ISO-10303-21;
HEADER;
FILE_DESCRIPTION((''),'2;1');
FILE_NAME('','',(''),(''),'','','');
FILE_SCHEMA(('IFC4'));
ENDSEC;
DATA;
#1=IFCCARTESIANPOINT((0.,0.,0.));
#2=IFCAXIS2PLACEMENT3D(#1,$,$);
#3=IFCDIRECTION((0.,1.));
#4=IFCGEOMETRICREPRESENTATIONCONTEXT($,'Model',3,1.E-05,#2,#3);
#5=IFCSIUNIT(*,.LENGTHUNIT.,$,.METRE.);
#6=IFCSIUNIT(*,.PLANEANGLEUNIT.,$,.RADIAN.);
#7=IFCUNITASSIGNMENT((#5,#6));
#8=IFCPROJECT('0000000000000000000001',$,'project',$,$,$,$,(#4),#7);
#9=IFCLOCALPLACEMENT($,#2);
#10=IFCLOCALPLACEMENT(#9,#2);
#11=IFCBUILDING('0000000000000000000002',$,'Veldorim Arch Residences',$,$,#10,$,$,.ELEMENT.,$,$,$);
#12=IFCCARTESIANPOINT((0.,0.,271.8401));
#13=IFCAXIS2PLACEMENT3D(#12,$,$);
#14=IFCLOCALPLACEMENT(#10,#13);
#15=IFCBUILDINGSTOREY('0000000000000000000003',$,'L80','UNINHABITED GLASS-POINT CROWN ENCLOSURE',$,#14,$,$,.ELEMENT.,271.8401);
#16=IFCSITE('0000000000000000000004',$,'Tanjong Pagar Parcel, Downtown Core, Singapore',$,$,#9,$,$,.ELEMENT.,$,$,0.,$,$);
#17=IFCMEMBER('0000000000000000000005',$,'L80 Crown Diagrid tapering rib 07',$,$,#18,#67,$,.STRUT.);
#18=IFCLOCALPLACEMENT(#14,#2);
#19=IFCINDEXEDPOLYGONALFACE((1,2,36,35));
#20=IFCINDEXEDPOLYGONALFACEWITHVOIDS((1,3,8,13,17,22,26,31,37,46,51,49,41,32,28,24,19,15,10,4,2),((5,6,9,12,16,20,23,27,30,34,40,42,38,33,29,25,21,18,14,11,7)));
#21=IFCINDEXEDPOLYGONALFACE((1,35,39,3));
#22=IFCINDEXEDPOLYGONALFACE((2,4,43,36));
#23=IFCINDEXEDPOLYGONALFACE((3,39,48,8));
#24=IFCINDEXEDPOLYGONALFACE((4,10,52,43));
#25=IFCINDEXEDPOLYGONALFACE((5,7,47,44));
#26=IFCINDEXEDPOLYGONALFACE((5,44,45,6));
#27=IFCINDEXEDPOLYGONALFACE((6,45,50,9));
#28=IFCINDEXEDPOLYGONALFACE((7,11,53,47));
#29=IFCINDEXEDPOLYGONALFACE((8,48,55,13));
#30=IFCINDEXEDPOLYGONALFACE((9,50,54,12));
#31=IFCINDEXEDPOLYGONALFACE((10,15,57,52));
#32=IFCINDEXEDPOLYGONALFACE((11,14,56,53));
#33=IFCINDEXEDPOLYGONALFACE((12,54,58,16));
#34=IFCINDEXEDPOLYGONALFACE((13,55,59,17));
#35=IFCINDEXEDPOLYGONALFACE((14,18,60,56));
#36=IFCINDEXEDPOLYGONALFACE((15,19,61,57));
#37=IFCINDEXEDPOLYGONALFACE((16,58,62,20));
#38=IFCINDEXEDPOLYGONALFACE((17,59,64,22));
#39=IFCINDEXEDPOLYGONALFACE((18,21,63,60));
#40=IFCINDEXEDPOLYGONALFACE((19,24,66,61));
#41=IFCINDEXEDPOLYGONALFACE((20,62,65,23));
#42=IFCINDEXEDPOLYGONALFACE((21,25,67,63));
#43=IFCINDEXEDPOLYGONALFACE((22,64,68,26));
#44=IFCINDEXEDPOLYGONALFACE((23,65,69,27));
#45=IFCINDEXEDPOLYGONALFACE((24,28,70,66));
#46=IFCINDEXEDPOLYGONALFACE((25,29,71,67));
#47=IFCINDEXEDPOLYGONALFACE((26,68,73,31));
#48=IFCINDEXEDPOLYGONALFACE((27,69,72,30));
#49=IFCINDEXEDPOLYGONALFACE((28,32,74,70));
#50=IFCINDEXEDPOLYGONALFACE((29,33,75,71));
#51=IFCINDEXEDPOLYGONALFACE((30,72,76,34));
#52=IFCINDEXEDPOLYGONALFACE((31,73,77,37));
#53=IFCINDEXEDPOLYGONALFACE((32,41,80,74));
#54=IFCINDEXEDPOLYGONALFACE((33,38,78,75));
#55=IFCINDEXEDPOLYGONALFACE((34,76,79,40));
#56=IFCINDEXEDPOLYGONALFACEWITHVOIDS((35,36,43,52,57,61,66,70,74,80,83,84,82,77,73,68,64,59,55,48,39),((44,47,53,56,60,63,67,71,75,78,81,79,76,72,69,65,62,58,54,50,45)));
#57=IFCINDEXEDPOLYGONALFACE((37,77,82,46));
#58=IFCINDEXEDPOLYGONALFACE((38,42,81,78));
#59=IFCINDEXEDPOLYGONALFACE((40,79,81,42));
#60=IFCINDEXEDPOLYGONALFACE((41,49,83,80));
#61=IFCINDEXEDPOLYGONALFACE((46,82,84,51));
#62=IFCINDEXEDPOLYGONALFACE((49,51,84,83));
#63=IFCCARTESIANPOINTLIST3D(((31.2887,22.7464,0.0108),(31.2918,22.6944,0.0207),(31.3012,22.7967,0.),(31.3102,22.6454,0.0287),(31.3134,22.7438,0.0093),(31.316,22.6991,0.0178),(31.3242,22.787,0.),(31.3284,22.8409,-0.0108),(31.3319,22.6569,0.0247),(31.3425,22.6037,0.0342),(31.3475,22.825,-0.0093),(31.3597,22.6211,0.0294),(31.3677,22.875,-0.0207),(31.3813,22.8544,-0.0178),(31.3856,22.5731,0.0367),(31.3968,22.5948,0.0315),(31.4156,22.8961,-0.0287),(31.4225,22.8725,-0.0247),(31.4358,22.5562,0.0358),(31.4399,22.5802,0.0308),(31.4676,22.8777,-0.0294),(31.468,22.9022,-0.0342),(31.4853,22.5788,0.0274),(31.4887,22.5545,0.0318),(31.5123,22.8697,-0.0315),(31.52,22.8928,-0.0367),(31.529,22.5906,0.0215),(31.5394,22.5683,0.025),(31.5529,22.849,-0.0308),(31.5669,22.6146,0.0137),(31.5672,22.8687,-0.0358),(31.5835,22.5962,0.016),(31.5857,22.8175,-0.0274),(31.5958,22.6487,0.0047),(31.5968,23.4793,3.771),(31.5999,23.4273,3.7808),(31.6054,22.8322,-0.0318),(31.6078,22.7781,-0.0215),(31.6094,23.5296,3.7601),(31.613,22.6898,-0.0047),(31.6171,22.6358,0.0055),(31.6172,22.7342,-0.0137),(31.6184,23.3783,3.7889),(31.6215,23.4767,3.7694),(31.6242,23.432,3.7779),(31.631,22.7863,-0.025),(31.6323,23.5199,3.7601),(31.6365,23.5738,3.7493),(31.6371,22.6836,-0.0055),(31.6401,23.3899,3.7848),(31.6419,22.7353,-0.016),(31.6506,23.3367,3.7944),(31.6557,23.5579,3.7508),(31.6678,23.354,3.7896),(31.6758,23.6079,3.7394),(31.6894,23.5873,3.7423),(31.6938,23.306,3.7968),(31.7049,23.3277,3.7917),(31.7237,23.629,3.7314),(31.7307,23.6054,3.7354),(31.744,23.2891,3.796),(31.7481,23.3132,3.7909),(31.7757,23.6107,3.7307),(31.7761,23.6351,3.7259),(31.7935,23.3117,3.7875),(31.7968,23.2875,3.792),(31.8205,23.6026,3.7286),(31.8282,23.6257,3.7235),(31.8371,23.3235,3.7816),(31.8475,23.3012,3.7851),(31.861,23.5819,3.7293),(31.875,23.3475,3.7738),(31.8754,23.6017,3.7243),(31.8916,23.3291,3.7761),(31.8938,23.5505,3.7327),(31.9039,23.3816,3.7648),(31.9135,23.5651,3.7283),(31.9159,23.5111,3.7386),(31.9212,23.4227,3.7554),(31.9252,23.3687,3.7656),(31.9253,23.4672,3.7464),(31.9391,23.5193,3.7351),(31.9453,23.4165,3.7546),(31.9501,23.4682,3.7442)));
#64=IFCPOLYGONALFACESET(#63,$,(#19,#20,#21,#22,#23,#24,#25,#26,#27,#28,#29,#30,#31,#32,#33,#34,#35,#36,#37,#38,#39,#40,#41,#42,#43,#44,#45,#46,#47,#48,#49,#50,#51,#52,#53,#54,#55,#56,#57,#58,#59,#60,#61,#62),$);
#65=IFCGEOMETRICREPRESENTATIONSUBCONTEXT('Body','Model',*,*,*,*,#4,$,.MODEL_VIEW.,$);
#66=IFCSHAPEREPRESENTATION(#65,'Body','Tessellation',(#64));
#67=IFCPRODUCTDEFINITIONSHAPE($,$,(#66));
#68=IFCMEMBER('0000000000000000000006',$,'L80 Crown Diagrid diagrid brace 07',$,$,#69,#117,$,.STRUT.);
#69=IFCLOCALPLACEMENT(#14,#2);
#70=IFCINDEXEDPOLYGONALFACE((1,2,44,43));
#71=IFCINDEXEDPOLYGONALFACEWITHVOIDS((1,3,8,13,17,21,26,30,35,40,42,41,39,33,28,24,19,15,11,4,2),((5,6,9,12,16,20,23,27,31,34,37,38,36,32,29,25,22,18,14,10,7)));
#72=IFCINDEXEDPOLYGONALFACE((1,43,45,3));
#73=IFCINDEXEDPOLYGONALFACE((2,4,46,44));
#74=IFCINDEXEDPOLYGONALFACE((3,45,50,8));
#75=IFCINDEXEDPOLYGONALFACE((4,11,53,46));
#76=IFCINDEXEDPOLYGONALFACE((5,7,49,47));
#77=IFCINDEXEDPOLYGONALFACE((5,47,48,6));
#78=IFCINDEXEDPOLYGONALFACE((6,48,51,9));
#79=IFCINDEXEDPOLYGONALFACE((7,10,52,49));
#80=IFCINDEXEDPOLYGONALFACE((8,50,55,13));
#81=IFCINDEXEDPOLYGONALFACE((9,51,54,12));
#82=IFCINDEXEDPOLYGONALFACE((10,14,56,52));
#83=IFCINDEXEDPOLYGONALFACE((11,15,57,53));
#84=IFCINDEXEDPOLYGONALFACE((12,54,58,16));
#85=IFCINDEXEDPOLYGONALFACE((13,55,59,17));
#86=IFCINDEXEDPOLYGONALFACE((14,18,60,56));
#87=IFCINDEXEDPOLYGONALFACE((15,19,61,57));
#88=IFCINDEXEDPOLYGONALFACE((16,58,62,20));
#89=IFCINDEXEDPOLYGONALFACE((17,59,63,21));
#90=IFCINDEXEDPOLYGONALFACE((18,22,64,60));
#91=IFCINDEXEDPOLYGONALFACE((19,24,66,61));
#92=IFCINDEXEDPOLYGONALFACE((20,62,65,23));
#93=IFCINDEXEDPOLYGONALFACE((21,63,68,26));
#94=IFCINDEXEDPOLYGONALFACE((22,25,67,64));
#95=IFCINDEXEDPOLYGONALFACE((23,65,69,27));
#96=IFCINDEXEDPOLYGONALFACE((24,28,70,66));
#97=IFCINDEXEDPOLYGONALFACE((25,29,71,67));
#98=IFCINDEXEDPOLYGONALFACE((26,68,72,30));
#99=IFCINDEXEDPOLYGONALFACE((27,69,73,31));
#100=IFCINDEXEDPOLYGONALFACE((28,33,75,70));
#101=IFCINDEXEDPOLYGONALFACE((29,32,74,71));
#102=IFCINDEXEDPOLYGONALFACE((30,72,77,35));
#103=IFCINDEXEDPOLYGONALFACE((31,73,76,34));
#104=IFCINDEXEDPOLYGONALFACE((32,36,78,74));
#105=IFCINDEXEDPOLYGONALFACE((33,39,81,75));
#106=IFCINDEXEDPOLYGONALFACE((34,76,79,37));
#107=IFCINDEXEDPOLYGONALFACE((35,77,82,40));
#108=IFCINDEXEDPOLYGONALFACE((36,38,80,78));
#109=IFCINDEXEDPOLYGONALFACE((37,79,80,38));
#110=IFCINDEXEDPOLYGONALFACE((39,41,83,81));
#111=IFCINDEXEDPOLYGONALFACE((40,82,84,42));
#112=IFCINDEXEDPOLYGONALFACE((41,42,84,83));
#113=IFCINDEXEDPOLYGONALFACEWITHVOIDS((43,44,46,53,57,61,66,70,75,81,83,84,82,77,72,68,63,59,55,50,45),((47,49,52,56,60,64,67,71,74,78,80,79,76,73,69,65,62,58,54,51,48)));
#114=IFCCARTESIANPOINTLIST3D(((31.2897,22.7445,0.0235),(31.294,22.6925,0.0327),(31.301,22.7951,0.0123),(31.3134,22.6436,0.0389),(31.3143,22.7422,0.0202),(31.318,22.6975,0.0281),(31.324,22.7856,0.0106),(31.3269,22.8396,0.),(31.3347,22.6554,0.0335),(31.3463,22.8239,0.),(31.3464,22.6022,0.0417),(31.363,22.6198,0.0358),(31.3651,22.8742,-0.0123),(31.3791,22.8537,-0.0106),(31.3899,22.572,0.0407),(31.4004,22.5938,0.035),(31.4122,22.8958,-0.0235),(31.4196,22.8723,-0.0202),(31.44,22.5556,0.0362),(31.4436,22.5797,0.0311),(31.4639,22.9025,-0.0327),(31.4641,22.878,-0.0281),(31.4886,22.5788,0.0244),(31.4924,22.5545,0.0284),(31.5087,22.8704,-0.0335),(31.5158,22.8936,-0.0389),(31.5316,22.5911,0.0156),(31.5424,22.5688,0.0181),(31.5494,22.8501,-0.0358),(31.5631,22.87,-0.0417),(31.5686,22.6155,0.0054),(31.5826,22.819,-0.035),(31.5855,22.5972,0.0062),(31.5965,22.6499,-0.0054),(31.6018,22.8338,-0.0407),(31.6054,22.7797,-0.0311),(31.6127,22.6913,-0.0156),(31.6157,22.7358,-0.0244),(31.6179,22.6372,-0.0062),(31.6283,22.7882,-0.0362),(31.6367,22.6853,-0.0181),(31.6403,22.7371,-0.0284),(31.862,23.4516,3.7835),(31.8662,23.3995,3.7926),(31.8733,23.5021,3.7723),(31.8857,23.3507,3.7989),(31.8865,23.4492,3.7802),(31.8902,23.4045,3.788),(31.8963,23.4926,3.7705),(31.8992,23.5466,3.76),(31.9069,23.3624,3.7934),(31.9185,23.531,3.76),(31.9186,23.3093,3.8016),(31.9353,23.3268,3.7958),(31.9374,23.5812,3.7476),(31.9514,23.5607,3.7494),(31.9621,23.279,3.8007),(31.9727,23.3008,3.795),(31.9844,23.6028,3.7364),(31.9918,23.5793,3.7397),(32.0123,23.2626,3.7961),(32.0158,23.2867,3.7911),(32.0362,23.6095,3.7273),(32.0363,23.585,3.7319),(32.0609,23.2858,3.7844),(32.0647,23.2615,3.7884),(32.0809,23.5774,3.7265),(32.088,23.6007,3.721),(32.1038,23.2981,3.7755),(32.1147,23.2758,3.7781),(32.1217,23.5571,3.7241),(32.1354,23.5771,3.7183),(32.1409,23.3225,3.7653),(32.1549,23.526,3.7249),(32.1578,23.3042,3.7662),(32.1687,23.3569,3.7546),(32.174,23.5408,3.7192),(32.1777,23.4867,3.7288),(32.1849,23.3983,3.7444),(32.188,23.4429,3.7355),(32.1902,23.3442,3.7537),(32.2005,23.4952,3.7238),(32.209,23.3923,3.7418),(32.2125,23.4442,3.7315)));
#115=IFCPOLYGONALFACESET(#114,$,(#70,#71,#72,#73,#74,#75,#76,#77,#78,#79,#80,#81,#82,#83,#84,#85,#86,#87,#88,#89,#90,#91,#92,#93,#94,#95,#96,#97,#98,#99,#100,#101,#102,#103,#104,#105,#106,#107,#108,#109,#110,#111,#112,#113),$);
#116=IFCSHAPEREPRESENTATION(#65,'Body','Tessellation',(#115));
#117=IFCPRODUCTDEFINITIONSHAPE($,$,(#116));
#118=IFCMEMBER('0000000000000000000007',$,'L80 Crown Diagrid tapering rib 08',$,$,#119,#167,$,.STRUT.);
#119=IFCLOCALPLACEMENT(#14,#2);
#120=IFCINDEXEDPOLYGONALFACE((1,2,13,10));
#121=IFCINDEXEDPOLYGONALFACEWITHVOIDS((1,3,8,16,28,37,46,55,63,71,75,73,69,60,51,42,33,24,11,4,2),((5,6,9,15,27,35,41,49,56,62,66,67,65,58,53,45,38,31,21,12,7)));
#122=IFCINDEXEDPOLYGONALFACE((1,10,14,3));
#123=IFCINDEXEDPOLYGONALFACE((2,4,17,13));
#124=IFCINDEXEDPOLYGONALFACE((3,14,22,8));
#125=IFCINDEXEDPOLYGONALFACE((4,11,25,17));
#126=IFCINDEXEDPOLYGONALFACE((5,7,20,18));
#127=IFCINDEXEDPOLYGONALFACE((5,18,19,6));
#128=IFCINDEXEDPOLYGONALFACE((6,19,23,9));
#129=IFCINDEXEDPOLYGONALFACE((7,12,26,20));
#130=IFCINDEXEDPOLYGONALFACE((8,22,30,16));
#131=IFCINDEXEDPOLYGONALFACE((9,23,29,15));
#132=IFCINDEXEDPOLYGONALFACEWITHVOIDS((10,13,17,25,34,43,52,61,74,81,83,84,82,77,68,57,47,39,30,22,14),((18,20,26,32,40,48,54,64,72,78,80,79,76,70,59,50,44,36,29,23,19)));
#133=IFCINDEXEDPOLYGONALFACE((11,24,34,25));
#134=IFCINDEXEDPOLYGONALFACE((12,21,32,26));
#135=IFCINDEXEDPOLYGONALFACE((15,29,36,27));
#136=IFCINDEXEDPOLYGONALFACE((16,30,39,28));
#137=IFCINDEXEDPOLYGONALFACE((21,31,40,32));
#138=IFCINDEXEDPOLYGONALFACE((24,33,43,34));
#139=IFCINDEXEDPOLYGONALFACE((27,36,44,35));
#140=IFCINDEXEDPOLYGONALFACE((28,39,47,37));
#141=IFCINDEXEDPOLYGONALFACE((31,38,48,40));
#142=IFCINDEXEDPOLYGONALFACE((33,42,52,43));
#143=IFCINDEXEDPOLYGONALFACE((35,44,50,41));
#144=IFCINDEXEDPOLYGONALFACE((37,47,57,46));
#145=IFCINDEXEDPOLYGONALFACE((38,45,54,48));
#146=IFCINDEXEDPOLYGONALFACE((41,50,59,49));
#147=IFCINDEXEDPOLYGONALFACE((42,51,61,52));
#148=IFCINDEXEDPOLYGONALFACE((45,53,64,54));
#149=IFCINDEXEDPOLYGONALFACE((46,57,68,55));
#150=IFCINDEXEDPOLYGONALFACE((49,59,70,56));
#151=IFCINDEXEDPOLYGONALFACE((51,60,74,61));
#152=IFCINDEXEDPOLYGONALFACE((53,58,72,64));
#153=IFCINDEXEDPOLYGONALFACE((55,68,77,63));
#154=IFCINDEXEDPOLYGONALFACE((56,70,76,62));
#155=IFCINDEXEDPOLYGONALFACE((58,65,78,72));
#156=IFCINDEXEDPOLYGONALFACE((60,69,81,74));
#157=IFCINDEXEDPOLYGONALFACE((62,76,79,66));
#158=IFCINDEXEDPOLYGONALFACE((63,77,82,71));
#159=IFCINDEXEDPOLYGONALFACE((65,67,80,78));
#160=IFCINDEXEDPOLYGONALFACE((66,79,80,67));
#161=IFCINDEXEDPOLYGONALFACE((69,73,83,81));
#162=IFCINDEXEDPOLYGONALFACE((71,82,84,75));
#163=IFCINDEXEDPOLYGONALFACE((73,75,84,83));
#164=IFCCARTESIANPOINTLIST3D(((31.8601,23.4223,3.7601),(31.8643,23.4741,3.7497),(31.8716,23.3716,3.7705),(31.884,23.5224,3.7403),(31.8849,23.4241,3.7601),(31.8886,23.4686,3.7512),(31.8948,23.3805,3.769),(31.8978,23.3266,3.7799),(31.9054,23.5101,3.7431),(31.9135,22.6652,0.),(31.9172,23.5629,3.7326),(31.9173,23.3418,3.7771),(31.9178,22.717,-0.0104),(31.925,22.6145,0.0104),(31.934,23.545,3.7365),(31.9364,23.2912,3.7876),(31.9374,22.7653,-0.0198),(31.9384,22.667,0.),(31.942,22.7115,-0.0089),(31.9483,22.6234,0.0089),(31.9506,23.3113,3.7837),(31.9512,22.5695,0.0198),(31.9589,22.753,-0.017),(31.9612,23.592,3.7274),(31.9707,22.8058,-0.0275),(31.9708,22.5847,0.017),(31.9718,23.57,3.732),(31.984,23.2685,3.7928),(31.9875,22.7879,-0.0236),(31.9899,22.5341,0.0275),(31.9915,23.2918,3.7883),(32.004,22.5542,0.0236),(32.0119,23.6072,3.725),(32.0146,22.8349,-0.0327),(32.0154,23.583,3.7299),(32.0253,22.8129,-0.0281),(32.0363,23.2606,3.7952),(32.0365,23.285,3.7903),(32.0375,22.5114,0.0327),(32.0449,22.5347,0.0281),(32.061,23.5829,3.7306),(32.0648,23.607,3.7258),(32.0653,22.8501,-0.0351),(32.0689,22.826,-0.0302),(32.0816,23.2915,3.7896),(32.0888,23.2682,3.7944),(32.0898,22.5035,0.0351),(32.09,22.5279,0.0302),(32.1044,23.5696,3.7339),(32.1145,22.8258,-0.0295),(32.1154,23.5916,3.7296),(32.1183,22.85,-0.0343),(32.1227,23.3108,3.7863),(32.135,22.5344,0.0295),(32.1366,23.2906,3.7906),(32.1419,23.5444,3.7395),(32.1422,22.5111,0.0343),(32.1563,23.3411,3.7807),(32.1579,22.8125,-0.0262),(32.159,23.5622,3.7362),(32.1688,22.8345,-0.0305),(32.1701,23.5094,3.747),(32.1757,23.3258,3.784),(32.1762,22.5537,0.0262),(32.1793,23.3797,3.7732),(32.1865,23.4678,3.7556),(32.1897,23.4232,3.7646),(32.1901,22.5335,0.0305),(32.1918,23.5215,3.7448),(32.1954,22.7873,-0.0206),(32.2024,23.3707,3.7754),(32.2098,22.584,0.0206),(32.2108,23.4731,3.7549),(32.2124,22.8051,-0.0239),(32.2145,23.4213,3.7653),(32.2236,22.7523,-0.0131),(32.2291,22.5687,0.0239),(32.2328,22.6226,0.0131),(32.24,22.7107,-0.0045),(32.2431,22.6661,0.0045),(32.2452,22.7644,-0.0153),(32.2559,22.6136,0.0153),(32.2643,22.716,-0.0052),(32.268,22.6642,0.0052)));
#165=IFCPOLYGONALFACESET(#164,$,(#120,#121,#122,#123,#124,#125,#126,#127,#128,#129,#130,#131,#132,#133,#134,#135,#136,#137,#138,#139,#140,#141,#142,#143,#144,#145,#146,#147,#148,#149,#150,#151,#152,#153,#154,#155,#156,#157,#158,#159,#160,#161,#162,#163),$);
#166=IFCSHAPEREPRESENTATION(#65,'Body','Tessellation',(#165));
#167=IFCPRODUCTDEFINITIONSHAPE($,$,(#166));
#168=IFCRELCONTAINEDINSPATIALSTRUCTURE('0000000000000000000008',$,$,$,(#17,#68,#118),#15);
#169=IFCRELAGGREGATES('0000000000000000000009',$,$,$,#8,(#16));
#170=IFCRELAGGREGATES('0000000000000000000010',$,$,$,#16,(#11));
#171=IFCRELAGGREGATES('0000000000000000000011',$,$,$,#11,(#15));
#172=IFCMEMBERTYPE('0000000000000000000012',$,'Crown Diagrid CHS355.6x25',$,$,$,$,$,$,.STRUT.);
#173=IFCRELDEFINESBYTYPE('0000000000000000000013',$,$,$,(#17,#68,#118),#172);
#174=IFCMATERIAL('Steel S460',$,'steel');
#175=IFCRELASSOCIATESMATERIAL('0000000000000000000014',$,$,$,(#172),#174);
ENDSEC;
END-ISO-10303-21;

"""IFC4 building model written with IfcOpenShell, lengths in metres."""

from ifc_helpers import new_model, si_unit, direction, frame, origin, origin_2d, place, context, subcontext, project, spatial, hollow_circle, extrude, material, material_profile, profile_set, type_object, element, save


model = new_model("IFC4")

# Units and contexts
model_context = context("Model", 3, precision=1e-05, world=origin(), true_north=direction((0.0, 1.0)))
body_context = subcontext(model_context, "Body", "Model", "MODEL_VIEW")
ifc_project = project(units=[si_unit("LENGTHUNIT", "METRE"), si_unit("PLANEANGLEUNIT", "RADIAN")], contexts=[model_context])

# Site, building, storey
site_placement = place(None, origin())
site = spatial("IfcSite", under=ifc_project, at=site_placement, Name="Tanjong Pagar Parcel, Downtown Core, Singapore", CompositionType="ELEMENT", RefElevation=0.0)
building_placement = place(site_placement, origin())
building = spatial("IfcBuilding", under=site, at=building_placement, Name="Veldorim Arch Residences", CompositionType="ELEMENT")
storey_placement = place(building_placement, frame((0.0, 0.0, 271.8401)))
storey = spatial("IfcBuildingStorey", under=building, at=storey_placement, Name="L80", Description="UNINHABITED GLASS-POINT CROWN ENCLOSURE", CompositionType="ELEMENT", Elevation=271.8401)

# Members
ifc_material_1 = material(Name="Steel S460", Category="steel")
ifc_material_profile = material_profile(ifc_material_1, hollow_circle(Radius=0.1777, WallThickness=0.0249, at=origin_2d()), Name="CHS355.6x25")
ifc_profile_set = profile_set([ifc_material_profile], Name="Steel S460")
member_type = type_object("IfcMemberType", Name="Crown Diagrid CHS355.6x25", PredefinedType="STRUT", material=ifc_profile_set)
member_1_placement = place(storey_placement, frame((31.4651, 22.7278, 0.0), z_axis=(0.08017, 0.190706, 0.978368), x_axis=(-0.921855, 0.387535, 0.0)))
element("IfcMember", 1, at=member_1_placement, inside=storey, type_object=member_type, Name="L80 Crown Diagrid tapering rib 07", PredefinedType="STRUT", context=body_context, shape_type="SweptSolid", body=[
    extrude(hollow_circle(Radius=0.1777, WallThickness=0.0249, at=origin_2d()), origin(), (0.0, 0.0, 1.0), 3.8433),
])
member_2_placement = place(storey_placement, frame((31.4651, 22.7278, 0.0), z_axis=(0.147931, 0.182768, 0.971963), x_axis=(-0.777295, 0.629136, 0.0)))
element("IfcMember", 2, at=member_2_placement, inside=storey, type_object=member_type, Name="L80 Crown Diagrid diagrid brace 07", PredefinedType="STRUT", context=body_context, shape_type="SweptSolid", body=[
    extrude(hollow_circle(Radius=0.1777, WallThickness=0.0249, at=origin_2d()), origin(), (0.0, 0.0, 1.0), 3.8684),
])
member_3_placement = place(storey_placement, frame((32.0908, 22.6777, 0.0), z_axis=(-0.013939, 0.19737, 0.98023), x_axis=(-0.997516, -0.070447, 0.0)))
element("IfcMember", 3, at=member_3_placement, inside=storey, type_object=member_type, Name="L80 Crown Diagrid tapering rib 08", PredefinedType="STRUT", context=body_context, shape_type="SweptSolid", body=[
    extrude(hollow_circle(Radius=0.1777, WallThickness=0.0249, at=origin_2d()), origin(), (0.0, 0.0, 1.0), 3.8359),
])

save(model, "model.ifc")
